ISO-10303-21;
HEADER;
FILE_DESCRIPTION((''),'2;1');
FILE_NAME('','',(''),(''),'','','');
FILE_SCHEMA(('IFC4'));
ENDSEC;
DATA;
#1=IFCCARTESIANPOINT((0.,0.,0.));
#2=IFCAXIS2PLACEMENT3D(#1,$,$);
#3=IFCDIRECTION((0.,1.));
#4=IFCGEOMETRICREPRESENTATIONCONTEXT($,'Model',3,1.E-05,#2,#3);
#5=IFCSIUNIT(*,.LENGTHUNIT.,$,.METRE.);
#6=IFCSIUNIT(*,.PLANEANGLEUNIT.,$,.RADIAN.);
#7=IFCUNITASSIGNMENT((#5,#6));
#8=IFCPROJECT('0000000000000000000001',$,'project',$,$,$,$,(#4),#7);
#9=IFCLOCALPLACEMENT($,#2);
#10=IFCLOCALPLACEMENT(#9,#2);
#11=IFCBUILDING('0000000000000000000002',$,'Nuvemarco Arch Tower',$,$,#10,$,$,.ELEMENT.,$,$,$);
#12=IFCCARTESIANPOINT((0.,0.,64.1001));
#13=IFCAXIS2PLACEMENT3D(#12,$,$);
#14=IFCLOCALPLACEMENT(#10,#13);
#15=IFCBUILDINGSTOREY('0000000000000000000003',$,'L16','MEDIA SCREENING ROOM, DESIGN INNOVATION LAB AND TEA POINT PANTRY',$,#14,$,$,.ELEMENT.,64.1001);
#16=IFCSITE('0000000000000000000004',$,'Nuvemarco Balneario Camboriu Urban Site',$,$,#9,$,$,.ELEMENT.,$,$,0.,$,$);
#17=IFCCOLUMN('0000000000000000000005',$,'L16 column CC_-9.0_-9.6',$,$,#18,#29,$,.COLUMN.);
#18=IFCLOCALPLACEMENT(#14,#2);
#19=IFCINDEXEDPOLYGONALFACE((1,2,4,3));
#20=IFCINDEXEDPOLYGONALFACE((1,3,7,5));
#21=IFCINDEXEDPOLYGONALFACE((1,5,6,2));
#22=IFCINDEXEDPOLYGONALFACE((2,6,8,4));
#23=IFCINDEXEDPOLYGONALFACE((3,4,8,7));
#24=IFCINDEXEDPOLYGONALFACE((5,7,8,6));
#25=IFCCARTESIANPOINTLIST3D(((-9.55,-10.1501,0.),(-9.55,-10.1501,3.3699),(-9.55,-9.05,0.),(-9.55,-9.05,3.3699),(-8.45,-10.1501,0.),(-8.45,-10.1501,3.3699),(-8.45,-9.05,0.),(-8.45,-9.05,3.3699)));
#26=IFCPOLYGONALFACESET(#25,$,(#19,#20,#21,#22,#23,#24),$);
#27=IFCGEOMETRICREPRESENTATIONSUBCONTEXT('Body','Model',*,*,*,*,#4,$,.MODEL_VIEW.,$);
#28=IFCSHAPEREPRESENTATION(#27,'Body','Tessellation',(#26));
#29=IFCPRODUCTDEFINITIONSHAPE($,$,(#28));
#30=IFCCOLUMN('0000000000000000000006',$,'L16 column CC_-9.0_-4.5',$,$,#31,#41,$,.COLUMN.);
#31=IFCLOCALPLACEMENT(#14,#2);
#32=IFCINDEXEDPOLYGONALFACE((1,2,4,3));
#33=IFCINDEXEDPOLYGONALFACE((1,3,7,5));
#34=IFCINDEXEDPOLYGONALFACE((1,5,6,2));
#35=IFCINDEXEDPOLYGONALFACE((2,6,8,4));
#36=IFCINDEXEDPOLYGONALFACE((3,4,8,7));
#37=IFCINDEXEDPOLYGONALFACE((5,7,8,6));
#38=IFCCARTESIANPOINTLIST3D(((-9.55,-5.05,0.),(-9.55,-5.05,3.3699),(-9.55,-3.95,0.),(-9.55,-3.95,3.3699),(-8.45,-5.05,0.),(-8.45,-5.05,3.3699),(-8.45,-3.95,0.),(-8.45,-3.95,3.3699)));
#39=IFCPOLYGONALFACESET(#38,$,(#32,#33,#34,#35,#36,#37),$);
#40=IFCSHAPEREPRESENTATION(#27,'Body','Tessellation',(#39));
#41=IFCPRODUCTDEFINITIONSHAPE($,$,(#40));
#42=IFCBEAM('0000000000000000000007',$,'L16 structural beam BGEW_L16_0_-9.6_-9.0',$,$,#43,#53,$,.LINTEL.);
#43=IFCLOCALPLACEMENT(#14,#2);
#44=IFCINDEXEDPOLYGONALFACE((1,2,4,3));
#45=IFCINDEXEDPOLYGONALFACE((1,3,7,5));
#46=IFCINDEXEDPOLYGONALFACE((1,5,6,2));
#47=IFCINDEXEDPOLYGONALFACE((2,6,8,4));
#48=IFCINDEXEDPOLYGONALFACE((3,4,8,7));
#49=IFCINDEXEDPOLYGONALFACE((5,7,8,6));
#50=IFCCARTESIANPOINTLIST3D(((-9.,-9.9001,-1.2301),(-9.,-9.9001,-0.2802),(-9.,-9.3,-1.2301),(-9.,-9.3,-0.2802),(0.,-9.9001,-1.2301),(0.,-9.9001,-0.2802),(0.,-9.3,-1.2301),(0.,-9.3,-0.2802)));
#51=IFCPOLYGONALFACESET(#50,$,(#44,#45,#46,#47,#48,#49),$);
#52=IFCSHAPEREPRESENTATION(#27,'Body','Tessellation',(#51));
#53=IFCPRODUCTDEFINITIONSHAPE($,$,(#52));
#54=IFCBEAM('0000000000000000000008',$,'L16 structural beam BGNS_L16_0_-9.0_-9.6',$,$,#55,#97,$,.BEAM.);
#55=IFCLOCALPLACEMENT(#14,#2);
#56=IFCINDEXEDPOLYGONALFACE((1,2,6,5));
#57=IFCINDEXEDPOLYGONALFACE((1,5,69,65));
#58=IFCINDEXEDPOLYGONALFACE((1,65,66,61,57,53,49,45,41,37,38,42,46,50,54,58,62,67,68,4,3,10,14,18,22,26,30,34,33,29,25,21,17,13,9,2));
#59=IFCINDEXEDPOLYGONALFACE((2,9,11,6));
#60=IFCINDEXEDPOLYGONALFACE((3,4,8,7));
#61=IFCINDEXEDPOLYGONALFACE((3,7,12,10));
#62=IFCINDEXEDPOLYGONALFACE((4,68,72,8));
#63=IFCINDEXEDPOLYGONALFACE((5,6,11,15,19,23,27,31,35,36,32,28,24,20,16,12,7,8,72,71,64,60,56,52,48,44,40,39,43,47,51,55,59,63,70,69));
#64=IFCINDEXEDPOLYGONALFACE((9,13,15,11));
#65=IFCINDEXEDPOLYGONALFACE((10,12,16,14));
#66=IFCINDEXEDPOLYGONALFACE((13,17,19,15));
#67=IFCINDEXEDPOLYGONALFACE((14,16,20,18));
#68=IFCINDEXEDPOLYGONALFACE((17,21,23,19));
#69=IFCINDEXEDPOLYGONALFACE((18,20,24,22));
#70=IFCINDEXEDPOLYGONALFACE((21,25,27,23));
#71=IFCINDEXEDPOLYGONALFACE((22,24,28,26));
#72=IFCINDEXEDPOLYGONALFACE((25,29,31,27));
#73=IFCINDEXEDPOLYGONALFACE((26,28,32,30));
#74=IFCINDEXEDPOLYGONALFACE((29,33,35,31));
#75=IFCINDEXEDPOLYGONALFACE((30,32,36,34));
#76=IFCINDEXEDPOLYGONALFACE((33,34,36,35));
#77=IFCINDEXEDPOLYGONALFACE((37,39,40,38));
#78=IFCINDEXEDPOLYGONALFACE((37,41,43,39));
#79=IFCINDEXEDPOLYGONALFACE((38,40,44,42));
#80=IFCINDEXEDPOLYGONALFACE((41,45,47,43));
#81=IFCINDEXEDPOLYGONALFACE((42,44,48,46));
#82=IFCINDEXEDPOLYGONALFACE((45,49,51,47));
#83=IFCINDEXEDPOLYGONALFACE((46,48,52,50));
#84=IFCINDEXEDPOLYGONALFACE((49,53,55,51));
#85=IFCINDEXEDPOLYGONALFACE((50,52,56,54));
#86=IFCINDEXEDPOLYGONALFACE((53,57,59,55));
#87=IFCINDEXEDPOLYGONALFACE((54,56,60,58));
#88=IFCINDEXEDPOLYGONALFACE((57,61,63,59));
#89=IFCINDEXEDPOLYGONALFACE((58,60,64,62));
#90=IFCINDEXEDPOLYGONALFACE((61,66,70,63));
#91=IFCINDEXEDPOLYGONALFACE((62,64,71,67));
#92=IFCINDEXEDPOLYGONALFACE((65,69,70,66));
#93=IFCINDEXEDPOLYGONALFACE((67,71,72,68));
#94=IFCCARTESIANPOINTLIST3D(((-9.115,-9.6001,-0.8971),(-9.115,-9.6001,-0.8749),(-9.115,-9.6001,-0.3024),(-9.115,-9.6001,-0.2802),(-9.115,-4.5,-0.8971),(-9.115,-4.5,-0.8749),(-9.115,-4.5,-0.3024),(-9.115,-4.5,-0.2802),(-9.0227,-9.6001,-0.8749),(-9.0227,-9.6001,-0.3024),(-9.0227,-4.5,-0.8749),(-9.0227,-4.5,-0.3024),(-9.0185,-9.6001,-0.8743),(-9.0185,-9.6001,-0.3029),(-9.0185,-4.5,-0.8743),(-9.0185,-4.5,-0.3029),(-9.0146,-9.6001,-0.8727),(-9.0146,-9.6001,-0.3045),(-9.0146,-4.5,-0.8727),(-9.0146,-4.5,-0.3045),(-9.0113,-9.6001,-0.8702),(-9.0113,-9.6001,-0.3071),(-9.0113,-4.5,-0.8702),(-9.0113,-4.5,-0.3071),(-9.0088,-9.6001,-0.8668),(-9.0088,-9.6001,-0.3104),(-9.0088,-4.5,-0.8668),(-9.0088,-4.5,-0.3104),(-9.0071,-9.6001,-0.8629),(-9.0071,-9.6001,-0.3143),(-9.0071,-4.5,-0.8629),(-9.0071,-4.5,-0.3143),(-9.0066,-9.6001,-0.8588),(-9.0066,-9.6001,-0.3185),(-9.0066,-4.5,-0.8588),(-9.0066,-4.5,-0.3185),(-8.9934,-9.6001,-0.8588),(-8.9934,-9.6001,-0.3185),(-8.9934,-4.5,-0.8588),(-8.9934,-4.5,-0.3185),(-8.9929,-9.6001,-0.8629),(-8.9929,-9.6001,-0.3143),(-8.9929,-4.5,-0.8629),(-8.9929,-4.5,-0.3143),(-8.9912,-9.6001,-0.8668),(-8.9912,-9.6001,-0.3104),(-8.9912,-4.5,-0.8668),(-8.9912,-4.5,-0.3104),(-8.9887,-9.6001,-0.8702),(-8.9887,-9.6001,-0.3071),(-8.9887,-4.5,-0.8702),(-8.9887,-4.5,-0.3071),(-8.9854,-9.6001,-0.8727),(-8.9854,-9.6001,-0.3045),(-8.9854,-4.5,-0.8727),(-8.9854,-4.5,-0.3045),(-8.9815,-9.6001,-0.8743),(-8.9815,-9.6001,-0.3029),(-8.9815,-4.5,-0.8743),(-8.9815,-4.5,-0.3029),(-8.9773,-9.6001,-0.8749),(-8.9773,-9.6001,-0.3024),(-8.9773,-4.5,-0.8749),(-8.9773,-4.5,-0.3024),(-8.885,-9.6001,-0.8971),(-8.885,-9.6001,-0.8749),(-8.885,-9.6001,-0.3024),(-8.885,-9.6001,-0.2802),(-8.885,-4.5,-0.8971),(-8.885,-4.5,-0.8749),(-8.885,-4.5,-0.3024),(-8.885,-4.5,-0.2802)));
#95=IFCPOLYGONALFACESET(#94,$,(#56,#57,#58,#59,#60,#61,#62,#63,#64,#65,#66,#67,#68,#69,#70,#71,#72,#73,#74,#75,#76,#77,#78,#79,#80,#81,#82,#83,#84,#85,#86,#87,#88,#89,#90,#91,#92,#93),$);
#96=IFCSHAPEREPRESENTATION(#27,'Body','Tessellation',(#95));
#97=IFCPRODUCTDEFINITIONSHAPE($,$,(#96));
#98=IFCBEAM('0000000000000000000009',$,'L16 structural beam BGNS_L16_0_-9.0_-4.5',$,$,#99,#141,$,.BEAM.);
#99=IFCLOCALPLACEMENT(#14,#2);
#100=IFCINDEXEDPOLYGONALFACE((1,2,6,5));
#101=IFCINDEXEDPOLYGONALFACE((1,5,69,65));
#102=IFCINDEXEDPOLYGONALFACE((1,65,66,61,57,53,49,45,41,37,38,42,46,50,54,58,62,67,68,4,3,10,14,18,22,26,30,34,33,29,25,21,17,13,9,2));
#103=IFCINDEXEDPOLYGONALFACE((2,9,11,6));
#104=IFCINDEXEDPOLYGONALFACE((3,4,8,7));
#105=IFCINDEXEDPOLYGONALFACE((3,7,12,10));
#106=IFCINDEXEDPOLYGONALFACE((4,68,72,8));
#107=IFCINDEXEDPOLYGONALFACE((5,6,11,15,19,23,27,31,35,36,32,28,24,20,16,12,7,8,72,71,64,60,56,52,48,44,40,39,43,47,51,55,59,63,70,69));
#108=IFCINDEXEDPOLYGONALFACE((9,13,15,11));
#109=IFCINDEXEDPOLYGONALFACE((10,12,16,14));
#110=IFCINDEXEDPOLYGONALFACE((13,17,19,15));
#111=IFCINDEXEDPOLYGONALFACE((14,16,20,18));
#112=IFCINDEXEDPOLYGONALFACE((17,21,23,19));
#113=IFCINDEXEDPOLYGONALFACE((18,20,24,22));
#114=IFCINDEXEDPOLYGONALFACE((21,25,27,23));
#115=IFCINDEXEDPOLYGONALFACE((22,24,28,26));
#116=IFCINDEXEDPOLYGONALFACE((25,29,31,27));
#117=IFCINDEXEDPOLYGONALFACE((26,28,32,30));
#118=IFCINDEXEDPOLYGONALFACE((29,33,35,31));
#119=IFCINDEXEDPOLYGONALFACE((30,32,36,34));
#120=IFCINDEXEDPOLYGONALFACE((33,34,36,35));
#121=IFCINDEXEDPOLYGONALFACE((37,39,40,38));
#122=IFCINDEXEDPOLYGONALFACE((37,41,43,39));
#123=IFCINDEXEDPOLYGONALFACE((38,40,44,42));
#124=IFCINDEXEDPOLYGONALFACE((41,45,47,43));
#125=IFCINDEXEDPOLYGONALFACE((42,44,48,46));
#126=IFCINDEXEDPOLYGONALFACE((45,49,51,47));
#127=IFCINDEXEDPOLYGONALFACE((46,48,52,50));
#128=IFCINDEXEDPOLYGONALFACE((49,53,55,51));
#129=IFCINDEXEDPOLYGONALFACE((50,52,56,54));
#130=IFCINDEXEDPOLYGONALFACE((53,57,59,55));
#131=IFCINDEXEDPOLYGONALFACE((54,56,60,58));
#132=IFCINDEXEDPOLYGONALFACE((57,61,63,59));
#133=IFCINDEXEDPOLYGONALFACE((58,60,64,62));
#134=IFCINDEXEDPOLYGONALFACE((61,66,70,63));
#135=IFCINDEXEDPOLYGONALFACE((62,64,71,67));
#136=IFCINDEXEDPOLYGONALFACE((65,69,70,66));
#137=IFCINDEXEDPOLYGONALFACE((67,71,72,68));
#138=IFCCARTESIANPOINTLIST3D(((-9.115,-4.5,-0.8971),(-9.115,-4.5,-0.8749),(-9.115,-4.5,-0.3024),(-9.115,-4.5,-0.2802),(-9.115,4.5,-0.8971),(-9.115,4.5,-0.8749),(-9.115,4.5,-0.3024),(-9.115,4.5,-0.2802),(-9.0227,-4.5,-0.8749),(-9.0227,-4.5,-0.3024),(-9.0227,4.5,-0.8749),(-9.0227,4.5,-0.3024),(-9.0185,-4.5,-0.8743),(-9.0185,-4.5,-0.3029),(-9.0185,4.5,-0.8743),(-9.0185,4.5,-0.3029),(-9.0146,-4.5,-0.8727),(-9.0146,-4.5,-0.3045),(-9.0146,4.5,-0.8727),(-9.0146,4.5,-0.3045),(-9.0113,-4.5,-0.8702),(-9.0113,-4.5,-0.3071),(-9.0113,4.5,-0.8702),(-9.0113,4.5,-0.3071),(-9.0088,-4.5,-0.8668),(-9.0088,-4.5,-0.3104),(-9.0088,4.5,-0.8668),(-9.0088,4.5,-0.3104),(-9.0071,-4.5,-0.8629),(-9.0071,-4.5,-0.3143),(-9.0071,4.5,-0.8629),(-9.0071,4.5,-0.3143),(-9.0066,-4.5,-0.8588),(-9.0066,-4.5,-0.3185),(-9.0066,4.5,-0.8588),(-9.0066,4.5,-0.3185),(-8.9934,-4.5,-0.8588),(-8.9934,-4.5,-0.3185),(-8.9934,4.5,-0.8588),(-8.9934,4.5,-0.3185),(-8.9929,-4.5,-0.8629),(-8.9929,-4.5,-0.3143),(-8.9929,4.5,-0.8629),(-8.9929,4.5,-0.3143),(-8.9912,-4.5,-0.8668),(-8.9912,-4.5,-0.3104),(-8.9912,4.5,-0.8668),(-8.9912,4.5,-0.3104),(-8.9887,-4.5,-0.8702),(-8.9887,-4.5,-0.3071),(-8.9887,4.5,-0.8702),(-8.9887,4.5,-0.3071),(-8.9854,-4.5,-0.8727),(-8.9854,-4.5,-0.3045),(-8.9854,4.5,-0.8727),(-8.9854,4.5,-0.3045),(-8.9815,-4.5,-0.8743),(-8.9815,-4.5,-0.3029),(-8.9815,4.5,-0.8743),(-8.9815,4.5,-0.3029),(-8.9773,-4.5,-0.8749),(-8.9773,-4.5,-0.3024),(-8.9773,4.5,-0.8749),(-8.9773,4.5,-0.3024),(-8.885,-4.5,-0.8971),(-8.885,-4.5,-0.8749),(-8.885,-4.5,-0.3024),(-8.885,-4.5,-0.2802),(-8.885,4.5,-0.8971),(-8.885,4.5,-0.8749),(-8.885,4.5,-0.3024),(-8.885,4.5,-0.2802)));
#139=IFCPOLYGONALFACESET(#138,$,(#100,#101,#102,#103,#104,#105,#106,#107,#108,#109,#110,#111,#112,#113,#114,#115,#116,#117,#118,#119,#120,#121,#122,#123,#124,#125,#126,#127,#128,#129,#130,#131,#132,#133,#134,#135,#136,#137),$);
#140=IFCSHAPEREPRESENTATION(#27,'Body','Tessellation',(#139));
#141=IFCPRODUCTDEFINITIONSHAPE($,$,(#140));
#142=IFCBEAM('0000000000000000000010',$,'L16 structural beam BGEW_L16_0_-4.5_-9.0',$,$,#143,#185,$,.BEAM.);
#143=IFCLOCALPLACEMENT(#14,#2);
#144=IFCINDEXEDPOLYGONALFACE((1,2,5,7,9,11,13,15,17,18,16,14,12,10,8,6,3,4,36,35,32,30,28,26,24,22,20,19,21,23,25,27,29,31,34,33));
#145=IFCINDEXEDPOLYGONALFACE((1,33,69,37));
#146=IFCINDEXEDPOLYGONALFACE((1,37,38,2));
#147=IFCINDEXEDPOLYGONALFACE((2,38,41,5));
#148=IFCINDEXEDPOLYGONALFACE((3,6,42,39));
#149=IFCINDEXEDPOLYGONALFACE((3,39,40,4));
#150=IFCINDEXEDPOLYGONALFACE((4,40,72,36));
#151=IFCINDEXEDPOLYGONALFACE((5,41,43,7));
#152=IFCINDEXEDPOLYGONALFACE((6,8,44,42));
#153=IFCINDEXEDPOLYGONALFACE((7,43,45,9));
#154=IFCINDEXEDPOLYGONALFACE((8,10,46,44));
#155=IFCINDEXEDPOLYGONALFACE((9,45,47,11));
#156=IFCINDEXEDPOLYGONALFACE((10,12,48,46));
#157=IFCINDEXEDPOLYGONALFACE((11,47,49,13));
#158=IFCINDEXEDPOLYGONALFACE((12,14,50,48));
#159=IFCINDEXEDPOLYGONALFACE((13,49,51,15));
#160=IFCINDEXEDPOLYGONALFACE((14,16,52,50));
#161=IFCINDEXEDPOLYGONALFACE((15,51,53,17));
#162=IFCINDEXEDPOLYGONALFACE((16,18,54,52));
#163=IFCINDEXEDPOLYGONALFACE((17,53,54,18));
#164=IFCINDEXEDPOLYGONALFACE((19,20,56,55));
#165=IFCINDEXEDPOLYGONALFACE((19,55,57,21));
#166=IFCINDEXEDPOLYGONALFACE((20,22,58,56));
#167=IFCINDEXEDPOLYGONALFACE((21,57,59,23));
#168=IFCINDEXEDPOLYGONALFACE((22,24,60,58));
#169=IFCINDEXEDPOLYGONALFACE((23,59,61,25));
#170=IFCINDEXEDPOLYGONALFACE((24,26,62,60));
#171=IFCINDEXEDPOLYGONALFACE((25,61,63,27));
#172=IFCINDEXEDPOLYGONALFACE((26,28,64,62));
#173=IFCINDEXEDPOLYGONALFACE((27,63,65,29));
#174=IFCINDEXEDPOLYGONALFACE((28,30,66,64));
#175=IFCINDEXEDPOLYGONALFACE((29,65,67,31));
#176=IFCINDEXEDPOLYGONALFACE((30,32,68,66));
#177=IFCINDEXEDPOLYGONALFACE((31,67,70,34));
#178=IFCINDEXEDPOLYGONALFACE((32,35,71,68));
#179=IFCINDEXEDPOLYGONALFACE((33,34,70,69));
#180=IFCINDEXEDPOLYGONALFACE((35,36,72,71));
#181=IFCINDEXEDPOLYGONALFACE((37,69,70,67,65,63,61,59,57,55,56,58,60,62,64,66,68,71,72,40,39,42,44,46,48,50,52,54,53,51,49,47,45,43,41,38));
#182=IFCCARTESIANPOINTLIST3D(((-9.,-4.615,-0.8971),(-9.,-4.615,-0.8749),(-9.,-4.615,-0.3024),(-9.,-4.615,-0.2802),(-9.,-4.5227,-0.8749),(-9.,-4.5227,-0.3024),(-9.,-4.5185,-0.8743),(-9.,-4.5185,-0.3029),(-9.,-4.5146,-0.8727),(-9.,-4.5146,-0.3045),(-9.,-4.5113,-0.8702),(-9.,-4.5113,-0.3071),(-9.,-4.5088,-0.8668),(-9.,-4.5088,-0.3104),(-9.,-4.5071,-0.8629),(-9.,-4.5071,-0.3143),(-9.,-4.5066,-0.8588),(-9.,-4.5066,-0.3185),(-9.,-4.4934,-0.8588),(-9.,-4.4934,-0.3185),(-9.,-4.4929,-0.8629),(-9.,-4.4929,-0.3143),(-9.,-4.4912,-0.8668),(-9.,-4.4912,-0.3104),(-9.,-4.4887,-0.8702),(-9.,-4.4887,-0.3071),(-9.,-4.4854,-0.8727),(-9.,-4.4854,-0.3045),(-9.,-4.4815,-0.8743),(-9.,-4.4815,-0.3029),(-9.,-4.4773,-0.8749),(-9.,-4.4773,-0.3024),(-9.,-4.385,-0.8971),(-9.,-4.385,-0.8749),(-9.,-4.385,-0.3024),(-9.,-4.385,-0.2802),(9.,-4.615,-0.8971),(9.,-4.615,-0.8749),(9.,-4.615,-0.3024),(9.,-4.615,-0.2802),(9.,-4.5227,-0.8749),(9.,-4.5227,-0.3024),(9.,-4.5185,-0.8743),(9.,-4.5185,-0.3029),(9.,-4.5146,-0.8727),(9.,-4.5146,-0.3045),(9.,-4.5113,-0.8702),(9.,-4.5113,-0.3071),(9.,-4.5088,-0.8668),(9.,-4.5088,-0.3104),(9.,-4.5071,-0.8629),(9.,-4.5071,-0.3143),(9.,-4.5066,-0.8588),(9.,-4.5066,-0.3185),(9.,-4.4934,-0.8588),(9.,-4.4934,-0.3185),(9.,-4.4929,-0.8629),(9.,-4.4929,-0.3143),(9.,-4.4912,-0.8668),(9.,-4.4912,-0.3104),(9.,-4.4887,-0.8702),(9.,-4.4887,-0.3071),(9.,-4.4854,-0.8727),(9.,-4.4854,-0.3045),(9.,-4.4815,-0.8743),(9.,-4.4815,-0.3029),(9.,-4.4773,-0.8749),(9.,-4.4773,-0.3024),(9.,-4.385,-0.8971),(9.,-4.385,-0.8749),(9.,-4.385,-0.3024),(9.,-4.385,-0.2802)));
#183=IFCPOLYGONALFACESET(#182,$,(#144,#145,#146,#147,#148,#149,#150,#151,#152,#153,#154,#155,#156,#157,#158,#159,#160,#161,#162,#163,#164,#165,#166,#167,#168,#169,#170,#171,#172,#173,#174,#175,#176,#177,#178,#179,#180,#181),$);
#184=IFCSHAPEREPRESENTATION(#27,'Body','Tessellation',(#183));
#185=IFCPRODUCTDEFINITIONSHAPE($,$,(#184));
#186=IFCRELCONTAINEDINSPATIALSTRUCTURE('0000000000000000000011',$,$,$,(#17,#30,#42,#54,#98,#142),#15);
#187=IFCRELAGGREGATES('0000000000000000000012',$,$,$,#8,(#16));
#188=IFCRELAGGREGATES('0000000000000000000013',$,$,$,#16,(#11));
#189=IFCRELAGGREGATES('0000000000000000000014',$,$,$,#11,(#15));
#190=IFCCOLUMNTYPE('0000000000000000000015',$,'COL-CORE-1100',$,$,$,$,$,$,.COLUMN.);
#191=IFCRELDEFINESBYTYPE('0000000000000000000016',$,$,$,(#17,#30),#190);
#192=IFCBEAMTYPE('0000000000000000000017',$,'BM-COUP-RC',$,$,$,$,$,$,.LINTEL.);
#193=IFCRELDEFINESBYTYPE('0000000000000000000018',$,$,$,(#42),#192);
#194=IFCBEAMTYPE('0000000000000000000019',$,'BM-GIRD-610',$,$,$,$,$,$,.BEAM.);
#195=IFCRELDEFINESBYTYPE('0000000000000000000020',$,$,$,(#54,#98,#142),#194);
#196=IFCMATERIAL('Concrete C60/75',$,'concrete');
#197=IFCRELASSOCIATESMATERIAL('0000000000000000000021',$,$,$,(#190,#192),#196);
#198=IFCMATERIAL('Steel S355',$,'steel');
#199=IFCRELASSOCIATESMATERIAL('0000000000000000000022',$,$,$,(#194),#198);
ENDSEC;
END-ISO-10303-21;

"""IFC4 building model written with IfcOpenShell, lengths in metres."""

from ifc_helpers import new_model, si_unit, direction, frame, origin, origin_2d, place, context, subcontext, project, spatial, rectangle, i_section, extrude, material, material_profile, profile_set, type_object, element, save


model = new_model("IFC4")

# Units and contexts
model_context = context("Model", 3, precision=1e-05, world=origin(), true_north=direction((0.0, 1.0)))
body_context = subcontext(model_context, "Body", "Model", "MODEL_VIEW")
ifc_project = project(units=[si_unit("LENGTHUNIT", "METRE"), si_unit("PLANEANGLEUNIT", "RADIAN")], contexts=[model_context])

# Site, building, storey
site_placement = place(None, origin())
site = spatial("IfcSite", under=ifc_project, at=site_placement, Name="Nuvemarco Balneario Camboriu Urban Site", CompositionType="ELEMENT", RefElevation=0.0)
building_placement = place(site_placement, origin())
building = spatial("IfcBuilding", under=site, at=building_placement, Name="Nuvemarco Arch Tower", CompositionType="ELEMENT")
storey_placement = place(building_placement, frame((0.0, 0.0, 64.1001)))
storey = spatial("IfcBuildingStorey", under=building, at=storey_placement, Name="L16", Description="MEDIA SCREENING ROOM, DESIGN INNOVATION LAB AND TEA POINT PANTRY", CompositionType="ELEMENT", Elevation=64.1001)

# Columns
ifc_material_1 = material(Name="Concrete C60/75", Category="concrete")
ifc_material_profile_1 = material_profile(ifc_material_1, rectangle(XDim=1.1001, YDim=1.1001, at=origin_2d()), Name="RC-COL-1100x1100")
ifc_profile_set_1 = profile_set([ifc_material_profile_1], Name="Concrete C60/75")
column_type = type_object("IfcColumnType", Name="COL-CORE-1100", PredefinedType="COLUMN", material=ifc_profile_set_1)
for number, where, z_axis, x_axis, name in (
    (1, (-9.0, -9.6001, 0.0), (0.0, 0.0, 1.0), (1.0, 0.0, 0.0), "L16 column CC_-9.0_-9.6"),
    (2, (-9.0, -4.5, 0.0), (0.0, 0.0, 1.0), (1.0, 0.0, 0.0), "L16 column CC_-9.0_-4.5"),
):
    element("IfcColumn", number, at=place(storey_placement, frame(where, z_axis=z_axis, x_axis=x_axis)), inside=storey, type_object=column_type, Name=name, PredefinedType="COLUMN", context=body_context, shape_type="SweptSolid", body=[
        extrude(rectangle(XDim=1.1001, YDim=1.1001, at=origin_2d()), origin(), (0.0, 0.0, 1.0), 3.3699),
    ])

# Beams
ifc_material_profile_2 = material_profile(ifc_material_1, rectangle(XDim=0.6001, YDim=0.95, at=origin_2d()), Name="RC-BM-600x950")
ifc_profile_set_2 = profile_set([ifc_material_profile_2], Name="Concrete C60/75")
beam_type_1 = type_object("IfcBeamType", Name="BM-COUP-RC", PredefinedType="LINTEL", material=ifc_profile_set_2)
beam_1_placement = place(storey_placement, frame((-9.0, -9.6001, -0.7551), z_axis=(1.0, 0.0, 0.0), x_axis=(0.0, 1.0, 0.0)))
element("IfcBeam", 3, at=beam_1_placement, inside=storey, type_object=beam_type_1, Name="L16 structural beam BGEW_L16_0_-9.6_-9.0", PredefinedType="LINTEL", context=body_context, shape_type="SweptSolid", body=[
    extrude(rectangle(XDim=0.6001, YDim=0.95, at=origin_2d()), origin(), (0.0, 0.0, 1.0), 9.0),
])
ifc_material_2 = material(Name="Steel S355", Category="steel")
ifc_material_profile_3 = material_profile(ifc_material_2, i_section(OverallWidth=0.23, OverallDepth=0.6169, WebThickness=0.0132, FlangeThickness=0.0222, FilletRadius=0.0161, at=origin_2d()), Name="W610x140")
ifc_profile_set_3 = profile_set([ifc_material_profile_3], Name="Steel S355")
beam_type_2 = type_object("IfcBeamType", Name="BM-GIRD-610", PredefinedType="BEAM", material=ifc_profile_set_3)
beam_2_placement = place(storey_placement, frame((-9.0, -9.6001, -0.5886), z_axis=(0.0, 1.0, 0.0), x_axis=(-1.0, 0.0, 0.0)))
element("IfcBeam", 4, at=beam_2_placement, inside=storey, type_object=beam_type_2, Name="L16 structural beam BGNS_L16_0_-9.0_-9.6", PredefinedType="BEAM", context=body_context, shape_type="SweptSolid", body=[
    extrude(i_section(OverallWidth=0.23, OverallDepth=0.6169, WebThickness=0.0132, FlangeThickness=0.0222, FilletRadius=0.0161, at=origin_2d()), origin(), (0.0, 0.0, 1.0), 5.1001),
])
beam_3_placement = place(storey_placement, frame((-9.0, -4.5, -0.5886), z_axis=(0.0, 1.0, 0.0), x_axis=(-1.0, 0.0, 0.0)))
element("IfcBeam", 5, at=beam_3_placement, inside=storey, type_object=beam_type_2, Name="L16 structural beam BGNS_L16_0_-9.0_-4.5", PredefinedType="BEAM", context=body_context, shape_type="SweptSolid", body=[
    extrude(i_section(OverallWidth=0.23, OverallDepth=0.6169, WebThickness=0.0132, FlangeThickness=0.0222, FilletRadius=0.0161, at=origin_2d()), origin(), (0.0, 0.0, 1.0), 9.0),
])
beam_4_placement = place(storey_placement, frame((-9.0, -4.5, -0.5886), z_axis=(1.0, 0.0, 0.0), x_axis=(0.0, 1.0, 0.0)))
element("IfcBeam", 6, at=beam_4_placement, inside=storey, type_object=beam_type_2, Name="L16 structural beam BGEW_L16_0_-4.5_-9.0", PredefinedType="BEAM", context=body_context, shape_type="SweptSolid", body=[
    extrude(i_section(OverallWidth=0.23, OverallDepth=0.6169, WebThickness=0.0132, FlangeThickness=0.0222, FilletRadius=0.0161, at=origin_2d()), origin(), (0.0, 0.0, 1.0), 18.0),
])

save(model, "model.ifc")
